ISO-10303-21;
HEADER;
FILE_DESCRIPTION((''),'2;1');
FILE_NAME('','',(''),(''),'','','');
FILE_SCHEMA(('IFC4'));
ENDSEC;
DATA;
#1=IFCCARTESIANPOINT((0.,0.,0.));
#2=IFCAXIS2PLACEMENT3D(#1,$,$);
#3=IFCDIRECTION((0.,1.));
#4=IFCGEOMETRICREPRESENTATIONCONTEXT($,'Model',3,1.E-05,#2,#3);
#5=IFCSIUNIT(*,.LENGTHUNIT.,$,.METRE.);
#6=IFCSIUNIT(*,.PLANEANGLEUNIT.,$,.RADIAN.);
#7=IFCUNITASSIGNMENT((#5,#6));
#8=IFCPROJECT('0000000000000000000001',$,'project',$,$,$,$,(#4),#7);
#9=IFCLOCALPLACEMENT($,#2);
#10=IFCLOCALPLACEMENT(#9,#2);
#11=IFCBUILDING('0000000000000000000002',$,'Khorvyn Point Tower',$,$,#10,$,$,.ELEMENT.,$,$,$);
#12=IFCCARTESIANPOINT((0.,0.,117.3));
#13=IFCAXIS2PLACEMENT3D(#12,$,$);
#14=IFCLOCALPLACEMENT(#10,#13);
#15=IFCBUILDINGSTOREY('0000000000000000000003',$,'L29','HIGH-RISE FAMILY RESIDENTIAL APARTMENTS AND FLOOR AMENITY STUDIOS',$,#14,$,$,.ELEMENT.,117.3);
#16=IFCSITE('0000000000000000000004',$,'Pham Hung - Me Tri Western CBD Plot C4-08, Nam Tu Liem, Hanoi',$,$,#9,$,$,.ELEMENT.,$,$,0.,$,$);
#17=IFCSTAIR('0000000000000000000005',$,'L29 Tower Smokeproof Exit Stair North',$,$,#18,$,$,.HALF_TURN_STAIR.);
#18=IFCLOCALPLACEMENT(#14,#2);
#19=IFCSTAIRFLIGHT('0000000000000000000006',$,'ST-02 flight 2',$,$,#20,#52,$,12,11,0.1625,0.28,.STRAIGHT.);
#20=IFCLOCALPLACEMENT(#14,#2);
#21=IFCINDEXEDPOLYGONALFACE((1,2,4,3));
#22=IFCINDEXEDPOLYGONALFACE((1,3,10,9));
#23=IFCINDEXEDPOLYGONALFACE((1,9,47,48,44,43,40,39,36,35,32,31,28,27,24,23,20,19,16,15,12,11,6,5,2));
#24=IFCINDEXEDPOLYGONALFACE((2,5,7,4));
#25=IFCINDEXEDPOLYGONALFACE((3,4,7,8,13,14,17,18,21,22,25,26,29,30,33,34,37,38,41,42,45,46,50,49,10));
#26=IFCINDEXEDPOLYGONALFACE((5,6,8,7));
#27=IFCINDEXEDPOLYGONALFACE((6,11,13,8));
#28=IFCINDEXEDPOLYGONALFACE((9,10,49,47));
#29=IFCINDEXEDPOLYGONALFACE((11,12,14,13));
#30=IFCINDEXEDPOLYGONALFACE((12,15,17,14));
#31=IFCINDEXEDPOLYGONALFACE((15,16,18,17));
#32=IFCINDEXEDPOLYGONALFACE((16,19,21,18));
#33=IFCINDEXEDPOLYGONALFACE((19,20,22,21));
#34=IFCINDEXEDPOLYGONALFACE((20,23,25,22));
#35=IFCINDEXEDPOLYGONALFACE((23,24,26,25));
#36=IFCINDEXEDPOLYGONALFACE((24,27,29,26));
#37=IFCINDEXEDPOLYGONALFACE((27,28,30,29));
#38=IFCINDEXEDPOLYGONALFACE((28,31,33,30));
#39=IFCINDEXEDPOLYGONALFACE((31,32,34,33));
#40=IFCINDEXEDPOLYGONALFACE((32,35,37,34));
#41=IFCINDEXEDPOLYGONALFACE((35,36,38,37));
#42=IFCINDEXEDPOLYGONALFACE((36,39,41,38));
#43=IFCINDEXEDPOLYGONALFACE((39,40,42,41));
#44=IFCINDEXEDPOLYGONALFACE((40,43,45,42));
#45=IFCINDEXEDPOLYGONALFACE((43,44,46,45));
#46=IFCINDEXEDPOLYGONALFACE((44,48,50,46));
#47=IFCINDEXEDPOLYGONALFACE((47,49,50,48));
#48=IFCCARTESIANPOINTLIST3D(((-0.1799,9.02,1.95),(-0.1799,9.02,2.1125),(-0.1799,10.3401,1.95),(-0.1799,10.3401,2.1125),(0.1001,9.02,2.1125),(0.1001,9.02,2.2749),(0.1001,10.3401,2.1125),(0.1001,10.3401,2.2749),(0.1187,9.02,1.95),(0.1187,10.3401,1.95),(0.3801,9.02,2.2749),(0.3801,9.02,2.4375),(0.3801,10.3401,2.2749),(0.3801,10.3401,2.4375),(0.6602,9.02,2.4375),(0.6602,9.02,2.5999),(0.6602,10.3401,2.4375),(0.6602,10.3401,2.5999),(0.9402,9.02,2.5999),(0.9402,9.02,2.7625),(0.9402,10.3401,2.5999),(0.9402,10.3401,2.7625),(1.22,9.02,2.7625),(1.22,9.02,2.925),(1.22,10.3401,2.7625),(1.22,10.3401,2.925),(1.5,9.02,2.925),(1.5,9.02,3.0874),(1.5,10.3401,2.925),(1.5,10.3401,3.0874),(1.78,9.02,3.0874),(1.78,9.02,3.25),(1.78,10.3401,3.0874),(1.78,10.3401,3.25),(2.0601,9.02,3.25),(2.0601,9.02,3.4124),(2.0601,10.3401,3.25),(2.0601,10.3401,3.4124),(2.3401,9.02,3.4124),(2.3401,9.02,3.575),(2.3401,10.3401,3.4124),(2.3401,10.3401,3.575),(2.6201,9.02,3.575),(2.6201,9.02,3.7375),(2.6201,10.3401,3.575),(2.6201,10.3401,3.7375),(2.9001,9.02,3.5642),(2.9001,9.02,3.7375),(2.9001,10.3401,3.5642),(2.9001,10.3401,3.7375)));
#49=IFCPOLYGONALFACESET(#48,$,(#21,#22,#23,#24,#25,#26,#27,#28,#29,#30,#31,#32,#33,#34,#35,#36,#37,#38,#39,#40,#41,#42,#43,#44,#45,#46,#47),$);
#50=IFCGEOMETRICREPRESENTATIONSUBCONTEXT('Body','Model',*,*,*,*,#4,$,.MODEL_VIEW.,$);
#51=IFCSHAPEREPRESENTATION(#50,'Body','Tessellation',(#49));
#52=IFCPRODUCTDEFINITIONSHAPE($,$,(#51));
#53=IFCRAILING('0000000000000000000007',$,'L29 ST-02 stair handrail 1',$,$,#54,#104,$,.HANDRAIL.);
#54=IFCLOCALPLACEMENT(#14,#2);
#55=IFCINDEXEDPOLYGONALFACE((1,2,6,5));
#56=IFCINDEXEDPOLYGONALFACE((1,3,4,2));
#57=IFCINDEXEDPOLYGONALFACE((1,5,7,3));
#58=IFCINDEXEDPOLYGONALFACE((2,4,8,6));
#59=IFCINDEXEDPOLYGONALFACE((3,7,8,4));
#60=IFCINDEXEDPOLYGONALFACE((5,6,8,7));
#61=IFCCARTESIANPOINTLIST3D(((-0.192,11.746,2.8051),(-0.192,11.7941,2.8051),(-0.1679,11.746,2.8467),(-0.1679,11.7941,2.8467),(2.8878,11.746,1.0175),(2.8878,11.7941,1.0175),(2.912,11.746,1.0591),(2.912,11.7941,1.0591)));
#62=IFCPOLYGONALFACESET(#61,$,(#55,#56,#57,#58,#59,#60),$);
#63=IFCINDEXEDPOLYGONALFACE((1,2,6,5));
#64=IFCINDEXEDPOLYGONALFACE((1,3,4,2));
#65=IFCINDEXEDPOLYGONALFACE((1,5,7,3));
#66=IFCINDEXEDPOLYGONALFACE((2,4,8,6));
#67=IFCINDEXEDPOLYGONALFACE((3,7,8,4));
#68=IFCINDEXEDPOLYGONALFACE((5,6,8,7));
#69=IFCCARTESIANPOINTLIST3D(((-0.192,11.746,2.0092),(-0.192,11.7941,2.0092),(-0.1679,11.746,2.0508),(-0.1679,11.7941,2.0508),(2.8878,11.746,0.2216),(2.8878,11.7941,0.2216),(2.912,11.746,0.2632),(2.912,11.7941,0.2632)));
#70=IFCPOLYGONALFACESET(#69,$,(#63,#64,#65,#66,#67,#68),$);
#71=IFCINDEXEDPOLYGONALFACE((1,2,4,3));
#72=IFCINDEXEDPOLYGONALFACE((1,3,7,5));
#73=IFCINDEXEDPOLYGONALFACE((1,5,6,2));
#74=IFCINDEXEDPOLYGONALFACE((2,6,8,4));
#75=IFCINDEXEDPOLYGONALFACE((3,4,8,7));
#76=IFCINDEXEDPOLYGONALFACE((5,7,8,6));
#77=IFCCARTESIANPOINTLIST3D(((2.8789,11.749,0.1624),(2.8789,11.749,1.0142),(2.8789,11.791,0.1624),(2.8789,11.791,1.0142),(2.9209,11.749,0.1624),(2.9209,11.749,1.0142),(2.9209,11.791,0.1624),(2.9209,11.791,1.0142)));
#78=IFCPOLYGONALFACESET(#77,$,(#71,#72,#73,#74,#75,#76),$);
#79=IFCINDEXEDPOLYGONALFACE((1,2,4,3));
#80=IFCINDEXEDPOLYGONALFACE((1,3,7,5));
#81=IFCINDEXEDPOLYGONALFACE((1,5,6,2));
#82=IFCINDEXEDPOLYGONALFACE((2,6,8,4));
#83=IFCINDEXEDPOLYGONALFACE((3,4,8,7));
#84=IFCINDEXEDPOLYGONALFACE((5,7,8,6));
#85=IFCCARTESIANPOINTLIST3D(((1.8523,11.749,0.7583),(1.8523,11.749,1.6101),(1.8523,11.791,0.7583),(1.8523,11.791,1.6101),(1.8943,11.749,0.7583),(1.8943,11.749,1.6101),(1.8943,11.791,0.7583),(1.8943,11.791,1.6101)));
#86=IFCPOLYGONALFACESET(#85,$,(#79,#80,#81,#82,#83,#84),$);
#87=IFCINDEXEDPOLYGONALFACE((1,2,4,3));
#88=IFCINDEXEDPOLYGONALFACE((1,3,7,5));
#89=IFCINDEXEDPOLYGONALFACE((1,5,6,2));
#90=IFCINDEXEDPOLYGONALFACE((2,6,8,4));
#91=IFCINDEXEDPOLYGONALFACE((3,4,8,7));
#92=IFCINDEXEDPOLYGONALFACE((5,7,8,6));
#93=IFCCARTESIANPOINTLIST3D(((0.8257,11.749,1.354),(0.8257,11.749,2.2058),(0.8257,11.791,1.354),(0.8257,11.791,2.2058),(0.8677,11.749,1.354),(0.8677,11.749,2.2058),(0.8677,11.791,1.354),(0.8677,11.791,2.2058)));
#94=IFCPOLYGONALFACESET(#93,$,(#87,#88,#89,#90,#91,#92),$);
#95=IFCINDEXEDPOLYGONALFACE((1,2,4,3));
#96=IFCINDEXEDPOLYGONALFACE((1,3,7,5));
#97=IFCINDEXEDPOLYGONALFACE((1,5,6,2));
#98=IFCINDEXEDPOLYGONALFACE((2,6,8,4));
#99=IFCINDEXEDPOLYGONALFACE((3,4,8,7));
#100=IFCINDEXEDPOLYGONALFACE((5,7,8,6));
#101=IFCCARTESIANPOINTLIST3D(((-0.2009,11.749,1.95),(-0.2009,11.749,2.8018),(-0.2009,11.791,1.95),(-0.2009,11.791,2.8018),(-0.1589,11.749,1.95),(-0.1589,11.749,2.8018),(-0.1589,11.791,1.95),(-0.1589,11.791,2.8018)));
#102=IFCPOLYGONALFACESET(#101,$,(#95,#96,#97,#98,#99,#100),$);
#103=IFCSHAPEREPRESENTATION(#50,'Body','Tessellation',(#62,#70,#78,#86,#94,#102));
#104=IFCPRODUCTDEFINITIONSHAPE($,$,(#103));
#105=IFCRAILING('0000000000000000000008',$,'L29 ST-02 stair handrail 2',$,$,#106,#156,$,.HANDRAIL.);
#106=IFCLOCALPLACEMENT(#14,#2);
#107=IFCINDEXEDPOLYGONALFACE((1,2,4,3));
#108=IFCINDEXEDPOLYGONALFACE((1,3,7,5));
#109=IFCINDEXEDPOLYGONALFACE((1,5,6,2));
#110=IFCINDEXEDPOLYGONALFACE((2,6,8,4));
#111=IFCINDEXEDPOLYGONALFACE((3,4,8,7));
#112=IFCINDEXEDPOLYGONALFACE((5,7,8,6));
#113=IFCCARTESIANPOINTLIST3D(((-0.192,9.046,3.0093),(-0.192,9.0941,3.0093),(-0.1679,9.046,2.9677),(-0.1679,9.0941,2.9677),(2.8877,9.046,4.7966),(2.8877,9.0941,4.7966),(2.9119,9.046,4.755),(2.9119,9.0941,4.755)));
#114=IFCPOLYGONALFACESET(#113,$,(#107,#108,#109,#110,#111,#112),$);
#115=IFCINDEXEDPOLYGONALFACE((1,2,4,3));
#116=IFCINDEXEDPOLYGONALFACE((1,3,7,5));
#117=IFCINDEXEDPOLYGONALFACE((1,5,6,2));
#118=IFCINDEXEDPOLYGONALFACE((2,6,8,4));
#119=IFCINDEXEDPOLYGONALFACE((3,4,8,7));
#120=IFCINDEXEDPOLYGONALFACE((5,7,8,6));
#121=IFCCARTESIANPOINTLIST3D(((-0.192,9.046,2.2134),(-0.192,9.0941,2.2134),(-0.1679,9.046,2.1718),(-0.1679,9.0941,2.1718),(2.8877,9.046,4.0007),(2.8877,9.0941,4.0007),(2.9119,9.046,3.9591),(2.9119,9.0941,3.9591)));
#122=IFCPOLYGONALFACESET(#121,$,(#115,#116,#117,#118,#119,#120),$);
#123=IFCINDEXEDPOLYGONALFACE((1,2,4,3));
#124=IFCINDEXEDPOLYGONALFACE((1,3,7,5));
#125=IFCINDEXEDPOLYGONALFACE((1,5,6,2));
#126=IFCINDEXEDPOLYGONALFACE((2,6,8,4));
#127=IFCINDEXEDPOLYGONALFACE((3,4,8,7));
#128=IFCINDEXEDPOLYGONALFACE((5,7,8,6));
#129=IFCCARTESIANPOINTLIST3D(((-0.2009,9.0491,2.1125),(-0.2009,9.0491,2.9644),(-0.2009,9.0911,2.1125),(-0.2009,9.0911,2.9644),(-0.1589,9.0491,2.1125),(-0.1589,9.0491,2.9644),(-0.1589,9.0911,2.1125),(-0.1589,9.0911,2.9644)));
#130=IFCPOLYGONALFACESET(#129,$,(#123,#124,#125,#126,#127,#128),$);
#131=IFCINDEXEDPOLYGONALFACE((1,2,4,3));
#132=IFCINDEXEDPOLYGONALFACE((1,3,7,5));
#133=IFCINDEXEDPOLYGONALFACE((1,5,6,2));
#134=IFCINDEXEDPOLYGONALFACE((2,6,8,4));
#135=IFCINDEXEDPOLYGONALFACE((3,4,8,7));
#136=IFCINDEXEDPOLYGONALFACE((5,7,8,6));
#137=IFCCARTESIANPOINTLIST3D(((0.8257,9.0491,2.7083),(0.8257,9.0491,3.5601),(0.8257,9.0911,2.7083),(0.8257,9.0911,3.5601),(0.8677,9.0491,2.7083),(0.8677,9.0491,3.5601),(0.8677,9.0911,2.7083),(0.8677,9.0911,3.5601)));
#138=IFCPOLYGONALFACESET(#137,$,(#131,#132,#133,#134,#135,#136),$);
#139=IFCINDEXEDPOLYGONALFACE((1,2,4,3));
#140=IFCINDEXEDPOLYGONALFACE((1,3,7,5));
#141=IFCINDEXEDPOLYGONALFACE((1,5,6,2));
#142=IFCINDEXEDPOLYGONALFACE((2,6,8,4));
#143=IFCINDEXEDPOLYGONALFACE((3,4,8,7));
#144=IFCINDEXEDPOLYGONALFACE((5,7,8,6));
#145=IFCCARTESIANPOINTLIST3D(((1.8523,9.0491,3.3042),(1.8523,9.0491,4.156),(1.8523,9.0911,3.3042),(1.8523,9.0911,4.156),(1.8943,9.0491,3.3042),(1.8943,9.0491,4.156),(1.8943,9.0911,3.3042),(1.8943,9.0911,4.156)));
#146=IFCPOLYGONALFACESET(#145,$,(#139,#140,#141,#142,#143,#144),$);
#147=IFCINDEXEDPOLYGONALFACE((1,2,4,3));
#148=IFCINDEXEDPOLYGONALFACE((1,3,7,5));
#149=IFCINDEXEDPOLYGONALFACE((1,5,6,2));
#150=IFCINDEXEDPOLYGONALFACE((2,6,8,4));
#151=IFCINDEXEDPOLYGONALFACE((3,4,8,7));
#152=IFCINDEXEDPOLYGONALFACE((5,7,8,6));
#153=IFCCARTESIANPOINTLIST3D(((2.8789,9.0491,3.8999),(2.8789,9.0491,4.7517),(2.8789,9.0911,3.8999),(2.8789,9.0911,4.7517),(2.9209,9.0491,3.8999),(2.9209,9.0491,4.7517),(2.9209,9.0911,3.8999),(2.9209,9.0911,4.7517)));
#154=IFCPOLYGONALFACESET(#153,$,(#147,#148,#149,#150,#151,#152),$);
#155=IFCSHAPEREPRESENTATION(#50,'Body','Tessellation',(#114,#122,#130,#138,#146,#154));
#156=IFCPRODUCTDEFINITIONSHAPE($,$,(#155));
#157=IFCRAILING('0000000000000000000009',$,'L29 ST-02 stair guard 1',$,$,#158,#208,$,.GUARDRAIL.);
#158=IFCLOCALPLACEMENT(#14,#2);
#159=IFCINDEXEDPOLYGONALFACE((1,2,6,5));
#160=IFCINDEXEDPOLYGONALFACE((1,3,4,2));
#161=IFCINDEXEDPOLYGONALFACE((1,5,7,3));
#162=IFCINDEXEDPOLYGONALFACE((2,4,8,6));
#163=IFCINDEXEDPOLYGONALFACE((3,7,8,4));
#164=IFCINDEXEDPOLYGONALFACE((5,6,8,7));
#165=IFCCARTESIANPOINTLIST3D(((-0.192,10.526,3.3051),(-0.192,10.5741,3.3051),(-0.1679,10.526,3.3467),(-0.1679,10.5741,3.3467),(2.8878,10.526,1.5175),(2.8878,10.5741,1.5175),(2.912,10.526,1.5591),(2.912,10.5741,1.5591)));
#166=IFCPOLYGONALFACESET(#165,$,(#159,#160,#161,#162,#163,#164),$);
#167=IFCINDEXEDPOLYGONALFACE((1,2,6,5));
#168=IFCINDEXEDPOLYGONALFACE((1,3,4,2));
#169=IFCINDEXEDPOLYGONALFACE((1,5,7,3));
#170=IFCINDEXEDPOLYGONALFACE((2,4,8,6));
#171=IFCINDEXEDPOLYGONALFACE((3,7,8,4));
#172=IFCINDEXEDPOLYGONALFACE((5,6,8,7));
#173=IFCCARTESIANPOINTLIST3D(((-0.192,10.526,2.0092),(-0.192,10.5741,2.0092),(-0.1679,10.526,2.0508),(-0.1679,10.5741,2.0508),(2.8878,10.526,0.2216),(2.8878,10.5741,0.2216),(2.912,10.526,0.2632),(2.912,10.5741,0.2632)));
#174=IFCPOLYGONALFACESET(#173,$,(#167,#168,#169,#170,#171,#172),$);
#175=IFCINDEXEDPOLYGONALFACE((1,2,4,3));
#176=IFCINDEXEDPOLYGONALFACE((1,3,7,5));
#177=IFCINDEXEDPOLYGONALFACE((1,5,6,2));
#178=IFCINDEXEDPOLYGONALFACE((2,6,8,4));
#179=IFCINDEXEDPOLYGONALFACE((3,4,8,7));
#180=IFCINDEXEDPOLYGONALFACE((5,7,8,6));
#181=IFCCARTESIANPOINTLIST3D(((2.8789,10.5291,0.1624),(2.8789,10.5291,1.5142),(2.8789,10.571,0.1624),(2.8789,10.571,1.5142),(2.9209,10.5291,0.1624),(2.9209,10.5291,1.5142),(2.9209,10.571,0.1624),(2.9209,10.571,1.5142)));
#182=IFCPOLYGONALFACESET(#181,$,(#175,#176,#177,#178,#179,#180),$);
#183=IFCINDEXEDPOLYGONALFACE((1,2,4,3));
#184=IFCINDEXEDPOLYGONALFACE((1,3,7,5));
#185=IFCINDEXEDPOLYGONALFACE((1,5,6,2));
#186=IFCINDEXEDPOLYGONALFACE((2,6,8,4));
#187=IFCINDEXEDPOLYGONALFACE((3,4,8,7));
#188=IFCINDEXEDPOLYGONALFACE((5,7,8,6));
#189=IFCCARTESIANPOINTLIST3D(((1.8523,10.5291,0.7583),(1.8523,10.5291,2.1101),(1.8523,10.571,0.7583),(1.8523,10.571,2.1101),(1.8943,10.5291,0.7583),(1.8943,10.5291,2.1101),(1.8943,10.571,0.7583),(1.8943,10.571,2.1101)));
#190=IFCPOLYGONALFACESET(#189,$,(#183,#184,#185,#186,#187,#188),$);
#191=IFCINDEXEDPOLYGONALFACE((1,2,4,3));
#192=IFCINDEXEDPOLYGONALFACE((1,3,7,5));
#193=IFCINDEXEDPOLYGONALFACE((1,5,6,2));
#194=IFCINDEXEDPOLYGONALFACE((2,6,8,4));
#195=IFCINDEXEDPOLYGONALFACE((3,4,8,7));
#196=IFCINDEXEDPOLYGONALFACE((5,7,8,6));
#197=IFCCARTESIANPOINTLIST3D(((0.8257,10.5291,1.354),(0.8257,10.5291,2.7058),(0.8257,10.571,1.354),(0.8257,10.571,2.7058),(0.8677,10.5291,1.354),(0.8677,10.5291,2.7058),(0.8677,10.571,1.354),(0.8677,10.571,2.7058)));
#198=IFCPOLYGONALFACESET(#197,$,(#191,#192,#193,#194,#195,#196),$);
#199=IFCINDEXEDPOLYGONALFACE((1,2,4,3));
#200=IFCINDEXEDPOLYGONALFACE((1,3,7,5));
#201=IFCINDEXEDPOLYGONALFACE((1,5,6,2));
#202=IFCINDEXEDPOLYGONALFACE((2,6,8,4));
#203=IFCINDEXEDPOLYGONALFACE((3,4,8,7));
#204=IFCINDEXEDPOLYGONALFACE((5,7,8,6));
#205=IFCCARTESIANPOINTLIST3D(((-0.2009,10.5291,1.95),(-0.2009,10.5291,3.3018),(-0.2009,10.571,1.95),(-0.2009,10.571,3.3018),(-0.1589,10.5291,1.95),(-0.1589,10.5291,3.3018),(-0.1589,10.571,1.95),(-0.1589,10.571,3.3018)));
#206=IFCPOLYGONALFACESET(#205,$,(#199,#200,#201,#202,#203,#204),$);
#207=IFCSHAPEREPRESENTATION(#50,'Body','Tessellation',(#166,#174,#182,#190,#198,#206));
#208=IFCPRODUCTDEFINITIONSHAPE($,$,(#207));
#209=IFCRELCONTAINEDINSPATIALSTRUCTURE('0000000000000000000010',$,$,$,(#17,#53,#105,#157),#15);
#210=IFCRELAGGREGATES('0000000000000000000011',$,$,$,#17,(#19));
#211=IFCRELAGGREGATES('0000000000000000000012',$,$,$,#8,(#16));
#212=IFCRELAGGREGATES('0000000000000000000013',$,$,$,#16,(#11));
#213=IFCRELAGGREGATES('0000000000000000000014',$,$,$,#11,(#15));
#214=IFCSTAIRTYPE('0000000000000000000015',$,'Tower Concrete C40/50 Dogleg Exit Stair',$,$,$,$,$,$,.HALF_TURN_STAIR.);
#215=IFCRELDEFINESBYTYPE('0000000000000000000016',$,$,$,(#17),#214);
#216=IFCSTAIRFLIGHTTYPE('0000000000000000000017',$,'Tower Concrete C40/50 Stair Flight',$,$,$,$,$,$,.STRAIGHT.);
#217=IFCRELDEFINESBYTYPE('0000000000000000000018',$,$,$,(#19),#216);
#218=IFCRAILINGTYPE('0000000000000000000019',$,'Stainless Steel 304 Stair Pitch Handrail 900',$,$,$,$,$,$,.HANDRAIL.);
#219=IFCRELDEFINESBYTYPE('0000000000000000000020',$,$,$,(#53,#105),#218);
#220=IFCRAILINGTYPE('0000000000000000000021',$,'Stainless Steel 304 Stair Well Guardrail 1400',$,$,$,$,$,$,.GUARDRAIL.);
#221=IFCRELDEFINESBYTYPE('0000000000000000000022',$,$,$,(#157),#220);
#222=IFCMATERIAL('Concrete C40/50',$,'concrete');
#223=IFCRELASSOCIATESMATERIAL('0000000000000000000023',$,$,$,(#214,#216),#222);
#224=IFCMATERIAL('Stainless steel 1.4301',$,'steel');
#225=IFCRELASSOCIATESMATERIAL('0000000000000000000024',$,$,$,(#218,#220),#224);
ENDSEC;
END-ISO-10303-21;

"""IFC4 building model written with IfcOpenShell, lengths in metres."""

from ifc_helpers import new_model, si_unit, direction, frame, origin, origin_2d, place, context, subcontext, project, spatial, polyline, rectangle, outline, extrude, material, type_object, element, aggregate, save


model = new_model("IFC4")

# Units and contexts
model_context = context("Model", 3, precision=1e-05, world=origin(), true_north=direction((0.0, 1.0)))
body_context = subcontext(model_context, "Body", "Model", "MODEL_VIEW")
ifc_project = project(units=[si_unit("LENGTHUNIT", "METRE"), si_unit("PLANEANGLEUNIT", "RADIAN")], contexts=[model_context])

# Site, building, storey
site_placement = place(None, origin())
site = spatial("IfcSite", under=ifc_project, at=site_placement, Name="Pham Hung - Me Tri Western CBD Plot C4-08, Nam Tu Liem, Hanoi", CompositionType="ELEMENT", RefElevation=0.0)
building_placement = place(site_placement, origin())
building = spatial("IfcBuilding", under=site, at=building_placement, Name="Khorvyn Point Tower", CompositionType="ELEMENT")
storey_placement = place(building_placement, frame((0.0, 0.0, 117.3)))
storey = spatial("IfcBuildingStorey", under=building, at=storey_placement, Name="L29", Description="HIGH-RISE FAMILY RESIDENTIAL APARTMENTS AND FLOOR AMENITY STUDIOS", CompositionType="ELEMENT", Elevation=117.3)

# Shared definitions
ifc_material_1 = material(Name="Concrete C40/50", Category="concrete")

# Stair, stair flight
stair_type = type_object("IfcStairType", Name="Tower Concrete C40/50 Dogleg Exit Stair", PredefinedType="HALF_TURN_STAIR", material=ifc_material_1)
stair_placement = place(storey_placement, origin())
stair = element("IfcStair", 1, at=stair_placement, inside=storey, type_object=stair_type, Name="L29 Tower Smokeproof Exit Stair North", PredefinedType="HALF_TURN_STAIR")
stair_flight_type = type_object("IfcStairFlightType", Name="Tower Concrete C40/50 Stair Flight", PredefinedType="STRAIGHT", material=ifc_material_1)
stair_flight_1_placement = place(storey_placement, frame((-0.1799, 9.6799, 1.95), z_axis=(0.0, 0.0, 1.0), x_axis=(1.0, 0.0, 0.0)))
stair_flight_1 = element("IfcStairFlight", 2, at=stair_flight_1_placement, type_object=stair_flight_type, Name="ST-02 flight 2", NumberOfRisers=12, NumberOfTreads=11, PredefinedType="STRAIGHT", RiserHeight=0.1625, TreadLength=0.28, context=body_context, shape_type="SweptSolid", body=[
    extrude(outline(polyline([(0.0, 0.0), (0.0, 0.1626), (0.28, 0.1626), (0.28, 0.325), (0.5601, 0.325), (0.5601, 0.4875), (0.8401, 0.4875), (0.8401, 0.6499), (1.1201, 0.6499), (1.1201, 0.8125), (1.3999, 0.8125), (1.3999, 0.9751), (1.6799, 0.9751), (1.6799, 1.1375), (1.96, 1.1375), (1.96, 1.3), (2.24, 1.3), (2.24, 1.4624), (2.52, 1.4624), (2.52, 1.625), (2.8, 1.625), (2.8, 1.7876), (3.0801, 1.7876), (3.0801, 1.95), (3.0801, 1.6143), (0.2986, 0.0), (0.0, 0.0)])), frame((0.0, 0.6602, 0.0), z_axis=(0.0, -1.0, 0.0), x_axis=(1.0, 0.0, 0.0)), (0.0, 0.0, 1.0), 1.3201),
])
aggregate(stair, [stair_flight_1])

# Railings
ifc_material_2 = material(Name="Stainless steel 1.4301", Category="steel")
railing_type_1 = type_object("IfcRailingType", Name="Stainless Steel 304 Stair Pitch Handrail 900", PredefinedType="HANDRAIL", material=ifc_material_2)
railing_1_placement = place(storey_placement, frame((2.8999, 11.77, 0.1624)))
element("IfcRailing", 3, at=railing_1_placement, inside=storey, type_object=railing_type_1, Name="L29 ST-02 stair handrail 1", PredefinedType="HANDRAIL", context=body_context, shape_type="SweptSolid", body=[
    extrude(rectangle(XDim=0.0481, YDim=0.0481, at=origin_2d()), frame((0.0, 0.0, 0.876), z_axis=(-0.864873, 0.0, 0.50199), x_axis=(0.0, -1.0, 0.0)), (0.0, 0.0, 1.0), 3.561),
    extrude(rectangle(XDim=0.0481, YDim=0.0481, at=origin_2d()), frame((0.0, 0.0, 0.0801), z_axis=(-0.864873, 0.0, 0.50199), x_axis=(0.0, -1.0, 0.0)), (0.0, 0.0, 1.0), 3.561),
    extrude(rectangle(XDim=0.042, YDim=0.042, at=origin_2d()), origin(), (0.0, 0.0, 1.0), 0.8518),
    extrude(rectangle(XDim=0.042, YDim=0.042, at=origin_2d()), frame((-1.0266, 0.0, 0.5959)), (0.0, 0.0, 1.0), 0.8518),
    extrude(rectangle(XDim=0.042, YDim=0.042, at=origin_2d()), frame((-2.0532, 0.0, 1.1917)), (0.0, 0.0, 1.0), 0.8518),
    extrude(rectangle(XDim=0.042, YDim=0.042, at=origin_2d()), frame((-3.0798, 0.0, 1.7876)), (0.0, 0.0, 1.0), 0.8518),
])
railing_2_placement = place(storey_placement, frame((-0.1799, 9.0701, 2.1125)))
element("IfcRailing", 4, at=railing_2_placement, inside=storey, type_object=railing_type_1, Name="L29 ST-02 stair handrail 2", PredefinedType="HANDRAIL", context=body_context, shape_type="SweptSolid", body=[
    extrude(rectangle(XDim=0.0481, YDim=0.0481, at=origin_2d()), frame((0.0, 0.0, 0.876), z_axis=(0.864903, 0.0, 0.501939), x_axis=(0.0, 1.0, 0.0)), (0.0, 0.0, 1.0), 3.5608),
    extrude(rectangle(XDim=0.0481, YDim=0.0481, at=origin_2d()), frame((0.0, 0.0, 0.0801), z_axis=(0.864903, 0.0, 0.501939), x_axis=(0.0, 1.0, 0.0)), (0.0, 0.0, 1.0), 3.5608),
    extrude(rectangle(XDim=0.042, YDim=0.042, at=origin_2d()), origin(), (0.0, 0.0, 1.0), 0.8518),
    extrude(rectangle(XDim=0.042, YDim=0.042, at=origin_2d()), frame((1.0266, 0.0, 0.5957)), (0.0, 0.0, 1.0), 0.8518),
    extrude(rectangle(XDim=0.042, YDim=0.042, at=origin_2d()), frame((2.0532, 0.0, 1.1917)), (0.0, 0.0, 1.0), 0.8518),
    extrude(rectangle(XDim=0.042, YDim=0.042, at=origin_2d()), frame((3.0798, 0.0, 1.7874)), (0.0, 0.0, 1.0), 0.8518),
])
railing_type_2 = type_object("IfcRailingType", Name="Stainless Steel 304 Stair Well Guardrail 1400", PredefinedType="GUARDRAIL", material=ifc_material_2)
railing_3_placement = place(storey_placement, frame((2.8999, 10.55, 0.1624)))
element("IfcRailing", 5, at=railing_3_placement, inside=storey, type_object=railing_type_2, Name="L29 ST-02 stair guard 1", PredefinedType="GUARDRAIL", context=body_context, shape_type="SweptSolid", body=[
    extrude(rectangle(XDim=0.0481, YDim=0.0481, at=origin_2d()), frame((0.0, 0.0, 1.376), z_axis=(-0.864873, 0.0, 0.50199), x_axis=(0.0, -1.0, 0.0)), (0.0, 0.0, 1.0), 3.561),
    extrude(rectangle(XDim=0.0481, YDim=0.0481, at=origin_2d()), frame((0.0, 0.0, 0.0801), z_axis=(-0.864873, 0.0, 0.50199), x_axis=(0.0, -1.0, 0.0)), (0.0, 0.0, 1.0), 3.561),
    extrude(rectangle(XDim=0.042, YDim=0.042, at=origin_2d()), origin(), (0.0, 0.0, 1.0), 1.3518),
    extrude(rectangle(XDim=0.042, YDim=0.042, at=origin_2d()), frame((-1.0266, 0.0, 0.5959)), (0.0, 0.0, 1.0), 1.3518),
    extrude(rectangle(XDim=0.042, YDim=0.042, at=origin_2d()), frame((-2.0532, 0.0, 1.1917)), (0.0, 0.0, 1.0), 1.3518),
    extrude(rectangle(XDim=0.042, YDim=0.042, at=origin_2d()), frame((-3.0798, 0.0, 1.7876)), (0.0, 0.0, 1.0), 1.3518),
])

save(model, "model.ifc")
